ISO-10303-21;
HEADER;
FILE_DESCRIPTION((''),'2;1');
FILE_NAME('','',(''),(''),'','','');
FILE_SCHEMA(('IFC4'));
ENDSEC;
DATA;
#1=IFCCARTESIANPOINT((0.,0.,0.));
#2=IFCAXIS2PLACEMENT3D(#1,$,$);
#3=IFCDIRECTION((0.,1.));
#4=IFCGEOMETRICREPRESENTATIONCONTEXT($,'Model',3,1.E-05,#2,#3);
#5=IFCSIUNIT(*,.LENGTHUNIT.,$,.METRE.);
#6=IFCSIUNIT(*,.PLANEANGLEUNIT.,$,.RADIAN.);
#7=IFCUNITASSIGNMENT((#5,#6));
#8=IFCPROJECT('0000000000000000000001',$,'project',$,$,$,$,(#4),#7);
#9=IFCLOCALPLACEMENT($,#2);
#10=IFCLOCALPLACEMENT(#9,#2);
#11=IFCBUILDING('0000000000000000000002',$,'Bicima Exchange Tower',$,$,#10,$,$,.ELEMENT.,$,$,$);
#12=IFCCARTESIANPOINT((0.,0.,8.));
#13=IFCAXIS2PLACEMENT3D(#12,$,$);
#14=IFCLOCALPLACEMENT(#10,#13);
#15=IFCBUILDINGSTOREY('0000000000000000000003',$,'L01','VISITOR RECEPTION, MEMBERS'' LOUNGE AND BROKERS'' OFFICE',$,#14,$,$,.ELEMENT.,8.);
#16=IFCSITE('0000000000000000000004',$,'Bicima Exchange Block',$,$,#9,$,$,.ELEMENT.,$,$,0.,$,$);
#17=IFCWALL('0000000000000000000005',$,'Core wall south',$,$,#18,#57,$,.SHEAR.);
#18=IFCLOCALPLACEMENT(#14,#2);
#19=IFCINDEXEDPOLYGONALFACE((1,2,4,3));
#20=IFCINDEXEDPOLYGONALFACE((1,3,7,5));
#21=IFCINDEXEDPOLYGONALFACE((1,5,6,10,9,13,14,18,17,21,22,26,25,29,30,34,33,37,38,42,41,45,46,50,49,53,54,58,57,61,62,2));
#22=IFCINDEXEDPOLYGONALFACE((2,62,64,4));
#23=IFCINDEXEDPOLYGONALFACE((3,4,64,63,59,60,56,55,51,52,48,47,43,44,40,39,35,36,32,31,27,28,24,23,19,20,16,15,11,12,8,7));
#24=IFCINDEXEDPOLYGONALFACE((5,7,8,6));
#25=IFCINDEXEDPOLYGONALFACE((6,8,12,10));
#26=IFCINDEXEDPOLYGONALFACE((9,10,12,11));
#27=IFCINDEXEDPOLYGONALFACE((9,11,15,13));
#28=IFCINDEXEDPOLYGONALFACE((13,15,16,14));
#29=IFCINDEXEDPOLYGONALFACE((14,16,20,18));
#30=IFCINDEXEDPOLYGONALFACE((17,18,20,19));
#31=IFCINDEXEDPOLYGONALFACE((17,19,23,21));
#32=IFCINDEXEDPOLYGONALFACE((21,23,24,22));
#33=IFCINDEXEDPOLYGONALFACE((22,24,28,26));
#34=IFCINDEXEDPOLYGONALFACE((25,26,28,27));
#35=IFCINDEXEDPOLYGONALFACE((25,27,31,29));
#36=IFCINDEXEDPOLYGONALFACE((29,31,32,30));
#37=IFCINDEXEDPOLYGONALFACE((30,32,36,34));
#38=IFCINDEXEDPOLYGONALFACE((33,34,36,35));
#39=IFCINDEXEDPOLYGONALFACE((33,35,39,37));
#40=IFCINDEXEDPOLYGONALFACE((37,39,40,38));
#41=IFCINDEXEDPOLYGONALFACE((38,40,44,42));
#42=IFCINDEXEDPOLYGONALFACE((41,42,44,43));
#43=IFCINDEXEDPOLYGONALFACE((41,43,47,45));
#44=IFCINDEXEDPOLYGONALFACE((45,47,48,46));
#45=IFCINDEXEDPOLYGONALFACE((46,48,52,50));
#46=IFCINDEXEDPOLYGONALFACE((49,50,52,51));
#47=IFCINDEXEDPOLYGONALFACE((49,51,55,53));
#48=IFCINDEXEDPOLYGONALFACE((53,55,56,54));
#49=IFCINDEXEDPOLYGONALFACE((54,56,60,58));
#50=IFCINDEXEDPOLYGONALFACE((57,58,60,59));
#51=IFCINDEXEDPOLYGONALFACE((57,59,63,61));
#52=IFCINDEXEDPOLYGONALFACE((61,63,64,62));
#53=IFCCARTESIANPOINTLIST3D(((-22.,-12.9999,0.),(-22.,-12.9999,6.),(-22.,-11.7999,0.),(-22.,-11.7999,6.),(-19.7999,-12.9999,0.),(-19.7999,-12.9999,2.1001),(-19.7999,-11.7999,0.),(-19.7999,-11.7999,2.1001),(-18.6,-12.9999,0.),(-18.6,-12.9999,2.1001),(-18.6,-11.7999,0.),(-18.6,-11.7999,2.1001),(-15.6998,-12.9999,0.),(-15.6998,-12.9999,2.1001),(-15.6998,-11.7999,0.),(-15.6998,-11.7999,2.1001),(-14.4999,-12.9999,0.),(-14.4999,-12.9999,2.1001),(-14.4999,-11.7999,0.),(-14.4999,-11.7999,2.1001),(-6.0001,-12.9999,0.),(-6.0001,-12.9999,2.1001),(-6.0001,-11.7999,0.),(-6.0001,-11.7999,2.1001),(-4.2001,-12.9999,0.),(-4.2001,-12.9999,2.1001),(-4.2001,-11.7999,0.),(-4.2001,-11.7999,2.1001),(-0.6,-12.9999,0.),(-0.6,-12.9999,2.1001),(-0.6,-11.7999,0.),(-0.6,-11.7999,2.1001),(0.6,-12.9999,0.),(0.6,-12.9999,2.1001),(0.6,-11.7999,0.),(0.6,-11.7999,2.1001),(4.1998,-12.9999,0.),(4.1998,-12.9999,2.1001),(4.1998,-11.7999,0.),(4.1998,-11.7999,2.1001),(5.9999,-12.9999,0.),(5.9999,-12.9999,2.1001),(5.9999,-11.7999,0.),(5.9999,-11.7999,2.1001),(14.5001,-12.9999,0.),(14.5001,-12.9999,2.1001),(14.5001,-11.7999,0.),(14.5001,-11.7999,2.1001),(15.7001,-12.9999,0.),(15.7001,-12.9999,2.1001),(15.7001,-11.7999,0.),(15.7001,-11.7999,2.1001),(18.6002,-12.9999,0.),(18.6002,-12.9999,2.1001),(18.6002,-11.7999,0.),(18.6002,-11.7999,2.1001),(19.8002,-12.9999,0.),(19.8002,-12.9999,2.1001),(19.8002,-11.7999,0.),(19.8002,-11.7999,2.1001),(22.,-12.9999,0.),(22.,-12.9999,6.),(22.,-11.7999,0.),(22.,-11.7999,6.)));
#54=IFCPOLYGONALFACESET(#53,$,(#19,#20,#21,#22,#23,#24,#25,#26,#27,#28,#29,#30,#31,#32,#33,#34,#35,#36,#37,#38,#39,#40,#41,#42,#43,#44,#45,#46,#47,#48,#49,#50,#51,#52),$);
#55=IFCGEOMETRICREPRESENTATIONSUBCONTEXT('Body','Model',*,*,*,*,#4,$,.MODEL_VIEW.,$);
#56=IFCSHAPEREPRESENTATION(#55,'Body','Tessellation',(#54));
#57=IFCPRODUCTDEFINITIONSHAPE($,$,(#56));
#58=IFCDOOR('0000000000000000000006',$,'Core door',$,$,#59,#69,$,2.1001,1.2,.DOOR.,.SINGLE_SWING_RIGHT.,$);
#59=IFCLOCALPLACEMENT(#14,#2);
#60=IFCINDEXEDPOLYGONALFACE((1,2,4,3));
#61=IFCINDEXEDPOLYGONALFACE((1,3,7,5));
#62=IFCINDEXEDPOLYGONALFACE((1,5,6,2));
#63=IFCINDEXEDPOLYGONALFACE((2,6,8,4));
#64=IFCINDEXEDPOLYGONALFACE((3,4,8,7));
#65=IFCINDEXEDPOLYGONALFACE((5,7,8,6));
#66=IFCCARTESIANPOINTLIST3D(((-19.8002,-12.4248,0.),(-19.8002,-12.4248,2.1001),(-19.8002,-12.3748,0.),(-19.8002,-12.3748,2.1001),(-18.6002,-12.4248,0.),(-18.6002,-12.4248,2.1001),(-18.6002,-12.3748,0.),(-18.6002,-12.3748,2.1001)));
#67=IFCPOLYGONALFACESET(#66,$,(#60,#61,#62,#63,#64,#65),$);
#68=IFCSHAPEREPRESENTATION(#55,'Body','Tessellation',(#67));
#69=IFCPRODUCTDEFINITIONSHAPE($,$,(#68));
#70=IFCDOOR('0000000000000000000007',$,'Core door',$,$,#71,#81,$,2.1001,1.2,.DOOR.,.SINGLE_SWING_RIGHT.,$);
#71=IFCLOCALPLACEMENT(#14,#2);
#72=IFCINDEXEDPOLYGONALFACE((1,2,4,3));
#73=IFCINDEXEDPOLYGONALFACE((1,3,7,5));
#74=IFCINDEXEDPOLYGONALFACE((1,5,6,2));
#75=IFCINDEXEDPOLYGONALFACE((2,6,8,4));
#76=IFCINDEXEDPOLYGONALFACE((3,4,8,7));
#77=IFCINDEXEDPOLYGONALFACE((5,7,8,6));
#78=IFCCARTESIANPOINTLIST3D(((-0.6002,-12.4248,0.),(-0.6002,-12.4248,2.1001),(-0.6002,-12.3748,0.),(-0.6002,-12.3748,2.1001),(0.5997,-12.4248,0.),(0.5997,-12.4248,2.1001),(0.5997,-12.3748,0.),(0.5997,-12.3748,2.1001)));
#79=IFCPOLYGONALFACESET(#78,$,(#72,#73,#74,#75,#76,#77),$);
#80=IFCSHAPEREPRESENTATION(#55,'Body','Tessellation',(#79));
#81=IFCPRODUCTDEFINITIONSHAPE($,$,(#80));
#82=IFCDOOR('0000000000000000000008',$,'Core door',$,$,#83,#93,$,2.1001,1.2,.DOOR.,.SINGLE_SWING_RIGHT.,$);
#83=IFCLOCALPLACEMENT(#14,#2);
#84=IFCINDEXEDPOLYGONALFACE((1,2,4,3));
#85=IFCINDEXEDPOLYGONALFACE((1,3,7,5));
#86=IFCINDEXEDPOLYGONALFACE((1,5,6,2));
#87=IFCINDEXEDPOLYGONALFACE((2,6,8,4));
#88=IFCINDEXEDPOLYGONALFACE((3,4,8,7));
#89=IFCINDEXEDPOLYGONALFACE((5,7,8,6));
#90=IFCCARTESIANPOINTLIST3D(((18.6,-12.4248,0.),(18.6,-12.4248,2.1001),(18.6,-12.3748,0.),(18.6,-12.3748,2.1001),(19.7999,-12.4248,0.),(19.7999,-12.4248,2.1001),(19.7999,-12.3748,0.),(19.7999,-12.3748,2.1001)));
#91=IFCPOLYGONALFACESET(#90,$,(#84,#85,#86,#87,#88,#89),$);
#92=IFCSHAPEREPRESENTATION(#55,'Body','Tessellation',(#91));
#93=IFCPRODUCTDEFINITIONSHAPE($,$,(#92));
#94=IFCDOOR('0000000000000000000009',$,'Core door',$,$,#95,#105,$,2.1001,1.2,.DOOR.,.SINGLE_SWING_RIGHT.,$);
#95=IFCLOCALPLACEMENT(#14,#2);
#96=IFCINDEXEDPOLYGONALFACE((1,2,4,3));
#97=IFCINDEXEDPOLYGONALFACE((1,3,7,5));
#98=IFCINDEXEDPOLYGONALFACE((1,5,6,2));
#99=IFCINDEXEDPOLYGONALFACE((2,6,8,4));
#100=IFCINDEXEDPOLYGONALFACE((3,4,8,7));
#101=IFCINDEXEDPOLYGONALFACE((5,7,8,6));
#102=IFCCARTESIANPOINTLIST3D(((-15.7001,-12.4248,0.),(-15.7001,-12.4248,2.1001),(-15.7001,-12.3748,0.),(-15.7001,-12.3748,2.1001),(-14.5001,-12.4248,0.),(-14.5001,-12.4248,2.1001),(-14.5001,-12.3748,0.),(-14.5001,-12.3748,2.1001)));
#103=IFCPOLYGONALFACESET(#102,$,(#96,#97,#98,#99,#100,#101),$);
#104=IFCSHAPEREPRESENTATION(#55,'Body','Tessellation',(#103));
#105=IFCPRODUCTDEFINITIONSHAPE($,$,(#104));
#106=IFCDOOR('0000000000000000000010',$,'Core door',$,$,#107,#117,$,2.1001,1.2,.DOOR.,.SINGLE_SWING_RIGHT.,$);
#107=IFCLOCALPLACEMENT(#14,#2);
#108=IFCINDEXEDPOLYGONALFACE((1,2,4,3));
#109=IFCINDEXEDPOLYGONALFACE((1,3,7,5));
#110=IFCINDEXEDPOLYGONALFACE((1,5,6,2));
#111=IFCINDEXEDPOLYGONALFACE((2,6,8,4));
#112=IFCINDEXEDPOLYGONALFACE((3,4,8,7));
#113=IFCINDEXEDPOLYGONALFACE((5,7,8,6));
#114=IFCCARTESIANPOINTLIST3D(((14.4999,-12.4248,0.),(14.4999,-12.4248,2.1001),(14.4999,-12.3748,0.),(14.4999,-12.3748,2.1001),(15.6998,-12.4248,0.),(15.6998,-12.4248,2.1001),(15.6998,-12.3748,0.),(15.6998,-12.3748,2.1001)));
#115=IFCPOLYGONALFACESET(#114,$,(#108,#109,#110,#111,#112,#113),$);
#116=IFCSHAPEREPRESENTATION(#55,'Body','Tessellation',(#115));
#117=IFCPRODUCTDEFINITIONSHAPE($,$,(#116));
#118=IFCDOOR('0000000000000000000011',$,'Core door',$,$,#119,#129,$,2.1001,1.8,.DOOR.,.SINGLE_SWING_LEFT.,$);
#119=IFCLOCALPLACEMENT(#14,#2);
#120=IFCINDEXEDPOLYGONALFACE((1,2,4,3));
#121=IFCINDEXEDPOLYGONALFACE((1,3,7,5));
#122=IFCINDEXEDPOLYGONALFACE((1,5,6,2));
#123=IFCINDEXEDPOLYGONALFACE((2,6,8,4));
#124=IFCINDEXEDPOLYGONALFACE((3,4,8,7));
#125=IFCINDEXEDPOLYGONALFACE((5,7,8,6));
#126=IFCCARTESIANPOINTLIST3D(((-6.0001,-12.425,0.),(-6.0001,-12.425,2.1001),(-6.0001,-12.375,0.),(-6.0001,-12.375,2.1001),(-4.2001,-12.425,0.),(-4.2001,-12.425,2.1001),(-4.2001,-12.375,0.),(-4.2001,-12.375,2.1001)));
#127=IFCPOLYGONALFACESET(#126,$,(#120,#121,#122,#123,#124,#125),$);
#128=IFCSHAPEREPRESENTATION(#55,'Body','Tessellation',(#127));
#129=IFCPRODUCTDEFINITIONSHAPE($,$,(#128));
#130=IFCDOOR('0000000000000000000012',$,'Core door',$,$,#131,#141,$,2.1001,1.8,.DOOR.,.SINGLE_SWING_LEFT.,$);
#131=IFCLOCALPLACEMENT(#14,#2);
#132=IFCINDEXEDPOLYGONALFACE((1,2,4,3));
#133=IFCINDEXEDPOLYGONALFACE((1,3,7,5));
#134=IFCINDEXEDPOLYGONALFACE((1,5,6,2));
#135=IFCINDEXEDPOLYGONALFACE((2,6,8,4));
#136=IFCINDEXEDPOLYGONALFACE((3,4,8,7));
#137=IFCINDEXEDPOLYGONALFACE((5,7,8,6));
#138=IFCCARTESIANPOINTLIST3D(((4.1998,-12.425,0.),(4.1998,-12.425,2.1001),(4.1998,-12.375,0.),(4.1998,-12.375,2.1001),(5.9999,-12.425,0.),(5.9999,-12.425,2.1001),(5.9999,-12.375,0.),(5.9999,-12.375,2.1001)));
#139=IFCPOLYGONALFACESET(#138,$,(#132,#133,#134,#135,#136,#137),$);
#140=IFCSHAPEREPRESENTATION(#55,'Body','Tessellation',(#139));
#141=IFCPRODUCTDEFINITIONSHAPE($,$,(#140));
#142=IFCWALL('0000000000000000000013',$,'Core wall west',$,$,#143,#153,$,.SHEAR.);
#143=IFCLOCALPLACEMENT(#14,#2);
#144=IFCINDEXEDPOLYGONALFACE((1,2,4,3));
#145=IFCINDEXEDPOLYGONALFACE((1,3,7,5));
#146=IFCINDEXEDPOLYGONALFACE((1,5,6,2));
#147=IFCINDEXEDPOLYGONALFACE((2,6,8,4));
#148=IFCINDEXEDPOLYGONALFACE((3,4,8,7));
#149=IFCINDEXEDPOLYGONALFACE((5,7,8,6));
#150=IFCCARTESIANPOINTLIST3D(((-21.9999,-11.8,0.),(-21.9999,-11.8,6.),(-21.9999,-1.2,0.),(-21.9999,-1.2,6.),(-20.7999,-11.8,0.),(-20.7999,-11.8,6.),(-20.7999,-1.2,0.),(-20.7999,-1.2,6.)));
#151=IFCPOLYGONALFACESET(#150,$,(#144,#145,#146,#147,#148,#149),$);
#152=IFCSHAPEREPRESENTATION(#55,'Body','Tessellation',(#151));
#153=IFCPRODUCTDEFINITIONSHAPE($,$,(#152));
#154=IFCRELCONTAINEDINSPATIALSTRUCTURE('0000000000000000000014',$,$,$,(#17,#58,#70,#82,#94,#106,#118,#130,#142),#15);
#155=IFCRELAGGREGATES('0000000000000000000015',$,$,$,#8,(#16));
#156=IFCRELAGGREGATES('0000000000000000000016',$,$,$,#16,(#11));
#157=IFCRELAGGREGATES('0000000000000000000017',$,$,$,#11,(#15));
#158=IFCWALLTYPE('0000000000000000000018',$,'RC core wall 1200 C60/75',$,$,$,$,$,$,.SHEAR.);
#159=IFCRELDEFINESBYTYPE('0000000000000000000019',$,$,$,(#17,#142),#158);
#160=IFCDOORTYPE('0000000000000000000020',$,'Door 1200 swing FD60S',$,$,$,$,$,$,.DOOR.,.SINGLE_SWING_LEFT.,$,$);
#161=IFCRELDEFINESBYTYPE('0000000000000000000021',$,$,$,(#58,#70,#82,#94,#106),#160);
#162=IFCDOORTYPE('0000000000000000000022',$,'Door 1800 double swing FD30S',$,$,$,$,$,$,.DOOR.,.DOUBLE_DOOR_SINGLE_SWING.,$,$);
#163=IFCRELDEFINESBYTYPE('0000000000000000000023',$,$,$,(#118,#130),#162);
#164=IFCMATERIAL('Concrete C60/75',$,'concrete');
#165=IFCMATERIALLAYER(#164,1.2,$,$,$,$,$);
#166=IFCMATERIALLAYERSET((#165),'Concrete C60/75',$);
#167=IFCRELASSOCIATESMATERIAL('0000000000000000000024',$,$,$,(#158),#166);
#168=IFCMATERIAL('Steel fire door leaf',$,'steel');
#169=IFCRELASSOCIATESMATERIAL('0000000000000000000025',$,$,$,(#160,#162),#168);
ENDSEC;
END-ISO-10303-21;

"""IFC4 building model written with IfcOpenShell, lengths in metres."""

from ifc_helpers import new_model, si_unit, direction, frame, frame_2d, origin, place, context, subcontext, project, spatial, rectangle, extrude, material, layer, layer_set, type_object, element, fill, save


model = new_model("IFC4")

# Units and contexts
model_context = context("Model", 3, precision=1e-05, world=origin(), true_north=direction((0.0, 1.0)))
body_context = subcontext(model_context, "Body", "Model", "MODEL_VIEW")
ifc_project = project(units=[si_unit("LENGTHUNIT", "METRE"), si_unit("PLANEANGLEUNIT", "RADIAN")], contexts=[model_context])

# Site, building, storey
site_placement = place(None, origin())
site = spatial("IfcSite", under=ifc_project, at=site_placement, Name="Bicima Exchange Block", CompositionType="ELEMENT", RefElevation=0.0)
building_placement = place(site_placement, origin())
building = spatial("IfcBuilding", under=site, at=building_placement, Name="Bicima Exchange Tower", CompositionType="ELEMENT")
storey_placement = place(building_placement, frame((0.0, 0.0, 8.0)))
storey = spatial("IfcBuildingStorey", under=building, at=storey_placement, Name="L01", Description="VISITOR RECEPTION, MEMBERS' LOUNGE AND BROKERS' OFFICE", CompositionType="ELEMENT", Elevation=8.0)

# Shared definitions
ifc_material_1 = material(Name="Concrete C60/75", Category="concrete")
ifc_layer_1 = layer(ifc_material_1, 1.2)
ifc_layer_set_1 = layer_set([ifc_layer_1], Name="Concrete C60/75")
wall_type_1 = type_object("IfcWallType", Name="RC core wall 1200 C60/75", PredefinedType="SHEAR", material=ifc_layer_set_1)

# Wall, openings, doors
wall_1_placement = place(storey_placement, frame((-22.0, -12.3999, 0.0), z_axis=(0.0, 0.0, 1.0), x_axis=(1.0, 0.0, 0.0)))
wall_1 = element("IfcWall", 1, at=wall_1_placement, inside=storey, type_object=wall_type_1, Name="Core wall south", PredefinedType="SHEAR", context=body_context, shape_type="SweptSolid", body=[
    extrude(rectangle(XDim=44.0, YDim=1.2, at=frame_2d((22.0, 0.0))), origin(), (0.0, 0.0, 1.0), 6.0),
])
opening_1_placement = place(wall_1_placement, frame((2.2, 0.0, 0.0)))
opening_1 = element("IfcOpeningElement", 2, at=opening_1_placement, cuts=wall_1, PredefinedType="OPENING", context=body_context, shape_type="SweptSolid", body=[
    extrude(rectangle(XDim=1.2, YDim=2.1001, at=frame_2d((0.6001, 1.05))), frame((0.0, 0.6118, 0.0), z_axis=(0.0, -1.0, 0.0), x_axis=(1.0, 0.0, 0.0)), (0.0, 0.0, 1.0), 1.2239),
])
opening_2_placement = place(wall_1_placement, frame((21.3999, 0.0, 0.0)))
opening_2 = element("IfcOpeningElement", 3, at=opening_2_placement, cuts=wall_1, PredefinedType="OPENING", context=body_context, shape_type="SweptSolid", body=[
    extrude(rectangle(XDim=1.2, YDim=2.1001, at=frame_2d((0.6001, 1.05))), frame((0.0, 0.6118, 0.0), z_axis=(0.0, -1.0, 0.0), x_axis=(1.0, 0.0, 0.0)), (0.0, 0.0, 1.0), 1.2239),
])
opening_3_placement = place(wall_1_placement, frame((40.6001, 0.0, 0.0)))
opening_3 = element("IfcOpeningElement", 4, at=opening_3_placement, cuts=wall_1, PredefinedType="OPENING", context=body_context, shape_type="SweptSolid", body=[
    extrude(rectangle(XDim=1.2, YDim=2.1001, at=frame_2d((0.6001, 1.05))), frame((0.0, 0.6118, 0.0), z_axis=(0.0, -1.0, 0.0), x_axis=(1.0, 0.0, 0.0)), (0.0, 0.0, 1.0), 1.2239),
])
opening_4_placement = place(wall_1_placement, frame((16.0, 0.0, 0.0)))
opening_4 = element("IfcOpeningElement", 5, at=opening_4_placement, cuts=wall_1, PredefinedType="OPENING", context=body_context, shape_type="SweptSolid", body=[
    extrude(rectangle(XDim=1.8, YDim=2.1001, at=frame_2d((0.8999, 1.05))), frame((0.0, 0.6118, 0.0), z_axis=(0.0, -1.0, 0.0), x_axis=(1.0, 0.0, 0.0)), (0.0, 0.0, 1.0), 1.2239),
])
opening_5_placement = place(wall_1_placement, frame((6.3, 0.0, 0.0)))
opening_5 = element("IfcOpeningElement", 6, at=opening_5_placement, cuts=wall_1, PredefinedType="OPENING", context=body_context, shape_type="SweptSolid", body=[
    extrude(rectangle(XDim=1.2, YDim=2.1001, at=frame_2d((0.6001, 1.05))), frame((0.0, 0.6118, 0.0), z_axis=(0.0, -1.0, 0.0), x_axis=(1.0, 0.0, 0.0)), (0.0, 0.0, 1.0), 1.2239),
])
opening_6_placement = place(wall_1_placement, frame((26.2, 0.0, 0.0)))
opening_6 = element("IfcOpeningElement", 7, at=opening_6_placement, cuts=wall_1, PredefinedType="OPENING", context=body_context, shape_type="SweptSolid", body=[
    extrude(rectangle(XDim=1.8, YDim=2.1001, at=frame_2d((0.8999, 1.05))), frame((0.0, 0.6118, 0.0), z_axis=(0.0, -1.0, 0.0), x_axis=(1.0, 0.0, 0.0)), (0.0, 0.0, 1.0), 1.2239),
])
opening_7_placement = place(wall_1_placement, frame((36.5, 0.0, 0.0)))
opening_7 = element("IfcOpeningElement", 8, at=opening_7_placement, cuts=wall_1, PredefinedType="OPENING", context=body_context, shape_type="SweptSolid", body=[
    extrude(rectangle(XDim=1.2, YDim=2.1001, at=frame_2d((0.6001, 1.05))), frame((0.0, 0.6118, 0.0), z_axis=(0.0, -1.0, 0.0), x_axis=(1.0, 0.0, 0.0)), (0.0, 0.0, 1.0), 1.2239),
])
ifc_material_2 = material(Name="Steel fire door leaf", Category="steel")
door_type_1 = type_object("IfcDoorType", Name="Door 1200 swing FD60S", OperationType="SINGLE_SWING_LEFT", PredefinedType="DOOR", material=ifc_material_2)
door_1_placement = place(opening_1_placement, frame((1.2, 0.0, 0.0), z_axis=(0.0, 0.0, 1.0), x_axis=(-1.0, 0.0, 0.0)))
door_1 = element("IfcDoor", 9, at=door_1_placement, inside=storey, type_object=door_type_1, Name="Core door", OperationType="SINGLE_SWING_RIGHT", OverallHeight=2.1001, OverallWidth=1.2, PredefinedType="DOOR", context=body_context, shape_type="SweptSolid", body=[
    extrude(rectangle(XDim=1.2, YDim=2.1001, at=frame_2d((0.6001, 1.05))), frame((0.0, 0.0249, 0.0), z_axis=(0.0, -1.0, 0.0), x_axis=(1.0, 0.0, 0.0)), (0.0, 0.0, 1.0), 0.05),
])
fill(opening_1, door_1)
door_2_placement = place(opening_2_placement, frame((1.2, 0.0, 0.0), z_axis=(0.0, 0.0, 1.0), x_axis=(-1.0, 0.0, 0.0)))
door_2 = element("IfcDoor", 10, at=door_2_placement, inside=storey, type_object=door_type_1, Name="Core door", OperationType="SINGLE_SWING_RIGHT", OverallHeight=2.1001, OverallWidth=1.2, PredefinedType="DOOR", context=body_context, shape_type="SweptSolid", body=[
    extrude(rectangle(XDim=1.2, YDim=2.1001, at=frame_2d((0.6001, 1.05))), frame((0.0, 0.0249, 0.0), z_axis=(0.0, -1.0, 0.0), x_axis=(1.0, 0.0, 0.0)), (0.0, 0.0, 1.0), 0.05),
])
fill(opening_2, door_2)
door_3_placement = place(opening_3_placement, frame((1.2, 0.0, 0.0), z_axis=(0.0, 0.0, 1.0), x_axis=(-1.0, 0.0, 0.0)))
door_3 = element("IfcDoor", 11, at=door_3_placement, inside=storey, type_object=door_type_1, Name="Core door", OperationType="SINGLE_SWING_RIGHT", OverallHeight=2.1001, OverallWidth=1.2, PredefinedType="DOOR", context=body_context, shape_type="SweptSolid", body=[
    extrude(rectangle(XDim=1.2, YDim=2.1001, at=frame_2d((0.6001, 1.05))), frame((0.0, 0.0249, 0.0), z_axis=(0.0, -1.0, 0.0), x_axis=(1.0, 0.0, 0.0)), (0.0, 0.0, 1.0), 0.05),
])
fill(opening_3, door_3)
door_4_placement = place(opening_5_placement, frame((1.2, 0.0, 0.0), z_axis=(0.0, 0.0, 1.0), x_axis=(-1.0, 0.0, 0.0)))
door_4 = element("IfcDoor", 12, at=door_4_placement, inside=storey, type_object=door_type_1, Name="Core door", OperationType="SINGLE_SWING_RIGHT", OverallHeight=2.1001, OverallWidth=1.2, PredefinedType="DOOR", context=body_context, shape_type="SweptSolid", body=[
    extrude(rectangle(XDim=1.2, YDim=2.1001, at=frame_2d((0.6001, 1.05))), frame((0.0, 0.0249, 0.0), z_axis=(0.0, -1.0, 0.0), x_axis=(1.0, 0.0, 0.0)), (0.0, 0.0, 1.0), 0.05),
])
fill(opening_5, door_4)
door_5_placement = place(opening_7_placement, frame((1.2, 0.0, 0.0), z_axis=(0.0, 0.0, 1.0), x_axis=(-1.0, 0.0, 0.0)))
door_5 = element("IfcDoor", 13, at=door_5_placement, inside=storey, type_object=door_type_1, Name="Core door", OperationType="SINGLE_SWING_RIGHT", OverallHeight=2.1001, OverallWidth=1.2, PredefinedType="DOOR", context=body_context, shape_type="SweptSolid", body=[
    extrude(rectangle(XDim=1.2, YDim=2.1001, at=frame_2d((0.6001, 1.05))), frame((0.0, 0.0249, 0.0), z_axis=(0.0, -1.0, 0.0), x_axis=(1.0, 0.0, 0.0)), (0.0, 0.0, 1.0), 0.05),
])
fill(opening_7, door_5)
door_type_2 = type_object("IfcDoorType", Name="Door 1800 double swing FD30S", OperationType="DOUBLE_DOOR_SINGLE_SWING", PredefinedType="DOOR", material=ifc_material_2)
door_6_placement = place(opening_4_placement, origin())
door_6 = element("IfcDoor", 14, at=door_6_placement, inside=storey, type_object=door_type_2, Name="Core door", OperationType="SINGLE_SWING_LEFT", OverallHeight=2.1001, OverallWidth=1.8, PredefinedType="DOOR", context=body_context, shape_type="SweptSolid", body=[
    extrude(rectangle(XDim=1.8, YDim=2.1001, at=frame_2d((0.8999, 1.05))), frame((0.0, 0.0249, 0.0), z_axis=(0.0, -1.0, 0.0), x_axis=(1.0, 0.0, 0.0)), (0.0, 0.0, 1.0), 0.05),
])
fill(opening_4, door_6)
door_7_placement = place(opening_6_placement, origin())
door_7 = element("IfcDoor", 15, at=door_7_placement, inside=storey, type_object=door_type_2, Name="Core door", OperationType="SINGLE_SWING_LEFT", OverallHeight=2.1001, OverallWidth=1.8, PredefinedType="DOOR", context=body_context, shape_type="SweptSolid", body=[
    extrude(rectangle(XDim=1.8, YDim=2.1001, at=frame_2d((0.8999, 1.05))), frame((0.0, 0.0249, 0.0), z_axis=(0.0, -1.0, 0.0), x_axis=(1.0, 0.0, 0.0)), (0.0, 0.0, 1.0), 0.05),
])
fill(opening_6, door_7)

# Wall
wall_2_placement = place(storey_placement, frame((-21.3999, -11.8, 0.0), z_axis=(0.0, 0.0, 1.0), x_axis=(0.0, 1.0, 0.0)))
element("IfcWall", 16, at=wall_2_placement, inside=storey, type_object=wall_type_1, Name="Core wall west", PredefinedType="SHEAR", context=body_context, shape_type="SweptSolid", body=[
    extrude(rectangle(XDim=10.6001, YDim=1.2, at=frame_2d((5.3, 0.0))), origin(), (0.0, 0.0, 1.0), 6.0),
])

save(model, "model.ifc")
